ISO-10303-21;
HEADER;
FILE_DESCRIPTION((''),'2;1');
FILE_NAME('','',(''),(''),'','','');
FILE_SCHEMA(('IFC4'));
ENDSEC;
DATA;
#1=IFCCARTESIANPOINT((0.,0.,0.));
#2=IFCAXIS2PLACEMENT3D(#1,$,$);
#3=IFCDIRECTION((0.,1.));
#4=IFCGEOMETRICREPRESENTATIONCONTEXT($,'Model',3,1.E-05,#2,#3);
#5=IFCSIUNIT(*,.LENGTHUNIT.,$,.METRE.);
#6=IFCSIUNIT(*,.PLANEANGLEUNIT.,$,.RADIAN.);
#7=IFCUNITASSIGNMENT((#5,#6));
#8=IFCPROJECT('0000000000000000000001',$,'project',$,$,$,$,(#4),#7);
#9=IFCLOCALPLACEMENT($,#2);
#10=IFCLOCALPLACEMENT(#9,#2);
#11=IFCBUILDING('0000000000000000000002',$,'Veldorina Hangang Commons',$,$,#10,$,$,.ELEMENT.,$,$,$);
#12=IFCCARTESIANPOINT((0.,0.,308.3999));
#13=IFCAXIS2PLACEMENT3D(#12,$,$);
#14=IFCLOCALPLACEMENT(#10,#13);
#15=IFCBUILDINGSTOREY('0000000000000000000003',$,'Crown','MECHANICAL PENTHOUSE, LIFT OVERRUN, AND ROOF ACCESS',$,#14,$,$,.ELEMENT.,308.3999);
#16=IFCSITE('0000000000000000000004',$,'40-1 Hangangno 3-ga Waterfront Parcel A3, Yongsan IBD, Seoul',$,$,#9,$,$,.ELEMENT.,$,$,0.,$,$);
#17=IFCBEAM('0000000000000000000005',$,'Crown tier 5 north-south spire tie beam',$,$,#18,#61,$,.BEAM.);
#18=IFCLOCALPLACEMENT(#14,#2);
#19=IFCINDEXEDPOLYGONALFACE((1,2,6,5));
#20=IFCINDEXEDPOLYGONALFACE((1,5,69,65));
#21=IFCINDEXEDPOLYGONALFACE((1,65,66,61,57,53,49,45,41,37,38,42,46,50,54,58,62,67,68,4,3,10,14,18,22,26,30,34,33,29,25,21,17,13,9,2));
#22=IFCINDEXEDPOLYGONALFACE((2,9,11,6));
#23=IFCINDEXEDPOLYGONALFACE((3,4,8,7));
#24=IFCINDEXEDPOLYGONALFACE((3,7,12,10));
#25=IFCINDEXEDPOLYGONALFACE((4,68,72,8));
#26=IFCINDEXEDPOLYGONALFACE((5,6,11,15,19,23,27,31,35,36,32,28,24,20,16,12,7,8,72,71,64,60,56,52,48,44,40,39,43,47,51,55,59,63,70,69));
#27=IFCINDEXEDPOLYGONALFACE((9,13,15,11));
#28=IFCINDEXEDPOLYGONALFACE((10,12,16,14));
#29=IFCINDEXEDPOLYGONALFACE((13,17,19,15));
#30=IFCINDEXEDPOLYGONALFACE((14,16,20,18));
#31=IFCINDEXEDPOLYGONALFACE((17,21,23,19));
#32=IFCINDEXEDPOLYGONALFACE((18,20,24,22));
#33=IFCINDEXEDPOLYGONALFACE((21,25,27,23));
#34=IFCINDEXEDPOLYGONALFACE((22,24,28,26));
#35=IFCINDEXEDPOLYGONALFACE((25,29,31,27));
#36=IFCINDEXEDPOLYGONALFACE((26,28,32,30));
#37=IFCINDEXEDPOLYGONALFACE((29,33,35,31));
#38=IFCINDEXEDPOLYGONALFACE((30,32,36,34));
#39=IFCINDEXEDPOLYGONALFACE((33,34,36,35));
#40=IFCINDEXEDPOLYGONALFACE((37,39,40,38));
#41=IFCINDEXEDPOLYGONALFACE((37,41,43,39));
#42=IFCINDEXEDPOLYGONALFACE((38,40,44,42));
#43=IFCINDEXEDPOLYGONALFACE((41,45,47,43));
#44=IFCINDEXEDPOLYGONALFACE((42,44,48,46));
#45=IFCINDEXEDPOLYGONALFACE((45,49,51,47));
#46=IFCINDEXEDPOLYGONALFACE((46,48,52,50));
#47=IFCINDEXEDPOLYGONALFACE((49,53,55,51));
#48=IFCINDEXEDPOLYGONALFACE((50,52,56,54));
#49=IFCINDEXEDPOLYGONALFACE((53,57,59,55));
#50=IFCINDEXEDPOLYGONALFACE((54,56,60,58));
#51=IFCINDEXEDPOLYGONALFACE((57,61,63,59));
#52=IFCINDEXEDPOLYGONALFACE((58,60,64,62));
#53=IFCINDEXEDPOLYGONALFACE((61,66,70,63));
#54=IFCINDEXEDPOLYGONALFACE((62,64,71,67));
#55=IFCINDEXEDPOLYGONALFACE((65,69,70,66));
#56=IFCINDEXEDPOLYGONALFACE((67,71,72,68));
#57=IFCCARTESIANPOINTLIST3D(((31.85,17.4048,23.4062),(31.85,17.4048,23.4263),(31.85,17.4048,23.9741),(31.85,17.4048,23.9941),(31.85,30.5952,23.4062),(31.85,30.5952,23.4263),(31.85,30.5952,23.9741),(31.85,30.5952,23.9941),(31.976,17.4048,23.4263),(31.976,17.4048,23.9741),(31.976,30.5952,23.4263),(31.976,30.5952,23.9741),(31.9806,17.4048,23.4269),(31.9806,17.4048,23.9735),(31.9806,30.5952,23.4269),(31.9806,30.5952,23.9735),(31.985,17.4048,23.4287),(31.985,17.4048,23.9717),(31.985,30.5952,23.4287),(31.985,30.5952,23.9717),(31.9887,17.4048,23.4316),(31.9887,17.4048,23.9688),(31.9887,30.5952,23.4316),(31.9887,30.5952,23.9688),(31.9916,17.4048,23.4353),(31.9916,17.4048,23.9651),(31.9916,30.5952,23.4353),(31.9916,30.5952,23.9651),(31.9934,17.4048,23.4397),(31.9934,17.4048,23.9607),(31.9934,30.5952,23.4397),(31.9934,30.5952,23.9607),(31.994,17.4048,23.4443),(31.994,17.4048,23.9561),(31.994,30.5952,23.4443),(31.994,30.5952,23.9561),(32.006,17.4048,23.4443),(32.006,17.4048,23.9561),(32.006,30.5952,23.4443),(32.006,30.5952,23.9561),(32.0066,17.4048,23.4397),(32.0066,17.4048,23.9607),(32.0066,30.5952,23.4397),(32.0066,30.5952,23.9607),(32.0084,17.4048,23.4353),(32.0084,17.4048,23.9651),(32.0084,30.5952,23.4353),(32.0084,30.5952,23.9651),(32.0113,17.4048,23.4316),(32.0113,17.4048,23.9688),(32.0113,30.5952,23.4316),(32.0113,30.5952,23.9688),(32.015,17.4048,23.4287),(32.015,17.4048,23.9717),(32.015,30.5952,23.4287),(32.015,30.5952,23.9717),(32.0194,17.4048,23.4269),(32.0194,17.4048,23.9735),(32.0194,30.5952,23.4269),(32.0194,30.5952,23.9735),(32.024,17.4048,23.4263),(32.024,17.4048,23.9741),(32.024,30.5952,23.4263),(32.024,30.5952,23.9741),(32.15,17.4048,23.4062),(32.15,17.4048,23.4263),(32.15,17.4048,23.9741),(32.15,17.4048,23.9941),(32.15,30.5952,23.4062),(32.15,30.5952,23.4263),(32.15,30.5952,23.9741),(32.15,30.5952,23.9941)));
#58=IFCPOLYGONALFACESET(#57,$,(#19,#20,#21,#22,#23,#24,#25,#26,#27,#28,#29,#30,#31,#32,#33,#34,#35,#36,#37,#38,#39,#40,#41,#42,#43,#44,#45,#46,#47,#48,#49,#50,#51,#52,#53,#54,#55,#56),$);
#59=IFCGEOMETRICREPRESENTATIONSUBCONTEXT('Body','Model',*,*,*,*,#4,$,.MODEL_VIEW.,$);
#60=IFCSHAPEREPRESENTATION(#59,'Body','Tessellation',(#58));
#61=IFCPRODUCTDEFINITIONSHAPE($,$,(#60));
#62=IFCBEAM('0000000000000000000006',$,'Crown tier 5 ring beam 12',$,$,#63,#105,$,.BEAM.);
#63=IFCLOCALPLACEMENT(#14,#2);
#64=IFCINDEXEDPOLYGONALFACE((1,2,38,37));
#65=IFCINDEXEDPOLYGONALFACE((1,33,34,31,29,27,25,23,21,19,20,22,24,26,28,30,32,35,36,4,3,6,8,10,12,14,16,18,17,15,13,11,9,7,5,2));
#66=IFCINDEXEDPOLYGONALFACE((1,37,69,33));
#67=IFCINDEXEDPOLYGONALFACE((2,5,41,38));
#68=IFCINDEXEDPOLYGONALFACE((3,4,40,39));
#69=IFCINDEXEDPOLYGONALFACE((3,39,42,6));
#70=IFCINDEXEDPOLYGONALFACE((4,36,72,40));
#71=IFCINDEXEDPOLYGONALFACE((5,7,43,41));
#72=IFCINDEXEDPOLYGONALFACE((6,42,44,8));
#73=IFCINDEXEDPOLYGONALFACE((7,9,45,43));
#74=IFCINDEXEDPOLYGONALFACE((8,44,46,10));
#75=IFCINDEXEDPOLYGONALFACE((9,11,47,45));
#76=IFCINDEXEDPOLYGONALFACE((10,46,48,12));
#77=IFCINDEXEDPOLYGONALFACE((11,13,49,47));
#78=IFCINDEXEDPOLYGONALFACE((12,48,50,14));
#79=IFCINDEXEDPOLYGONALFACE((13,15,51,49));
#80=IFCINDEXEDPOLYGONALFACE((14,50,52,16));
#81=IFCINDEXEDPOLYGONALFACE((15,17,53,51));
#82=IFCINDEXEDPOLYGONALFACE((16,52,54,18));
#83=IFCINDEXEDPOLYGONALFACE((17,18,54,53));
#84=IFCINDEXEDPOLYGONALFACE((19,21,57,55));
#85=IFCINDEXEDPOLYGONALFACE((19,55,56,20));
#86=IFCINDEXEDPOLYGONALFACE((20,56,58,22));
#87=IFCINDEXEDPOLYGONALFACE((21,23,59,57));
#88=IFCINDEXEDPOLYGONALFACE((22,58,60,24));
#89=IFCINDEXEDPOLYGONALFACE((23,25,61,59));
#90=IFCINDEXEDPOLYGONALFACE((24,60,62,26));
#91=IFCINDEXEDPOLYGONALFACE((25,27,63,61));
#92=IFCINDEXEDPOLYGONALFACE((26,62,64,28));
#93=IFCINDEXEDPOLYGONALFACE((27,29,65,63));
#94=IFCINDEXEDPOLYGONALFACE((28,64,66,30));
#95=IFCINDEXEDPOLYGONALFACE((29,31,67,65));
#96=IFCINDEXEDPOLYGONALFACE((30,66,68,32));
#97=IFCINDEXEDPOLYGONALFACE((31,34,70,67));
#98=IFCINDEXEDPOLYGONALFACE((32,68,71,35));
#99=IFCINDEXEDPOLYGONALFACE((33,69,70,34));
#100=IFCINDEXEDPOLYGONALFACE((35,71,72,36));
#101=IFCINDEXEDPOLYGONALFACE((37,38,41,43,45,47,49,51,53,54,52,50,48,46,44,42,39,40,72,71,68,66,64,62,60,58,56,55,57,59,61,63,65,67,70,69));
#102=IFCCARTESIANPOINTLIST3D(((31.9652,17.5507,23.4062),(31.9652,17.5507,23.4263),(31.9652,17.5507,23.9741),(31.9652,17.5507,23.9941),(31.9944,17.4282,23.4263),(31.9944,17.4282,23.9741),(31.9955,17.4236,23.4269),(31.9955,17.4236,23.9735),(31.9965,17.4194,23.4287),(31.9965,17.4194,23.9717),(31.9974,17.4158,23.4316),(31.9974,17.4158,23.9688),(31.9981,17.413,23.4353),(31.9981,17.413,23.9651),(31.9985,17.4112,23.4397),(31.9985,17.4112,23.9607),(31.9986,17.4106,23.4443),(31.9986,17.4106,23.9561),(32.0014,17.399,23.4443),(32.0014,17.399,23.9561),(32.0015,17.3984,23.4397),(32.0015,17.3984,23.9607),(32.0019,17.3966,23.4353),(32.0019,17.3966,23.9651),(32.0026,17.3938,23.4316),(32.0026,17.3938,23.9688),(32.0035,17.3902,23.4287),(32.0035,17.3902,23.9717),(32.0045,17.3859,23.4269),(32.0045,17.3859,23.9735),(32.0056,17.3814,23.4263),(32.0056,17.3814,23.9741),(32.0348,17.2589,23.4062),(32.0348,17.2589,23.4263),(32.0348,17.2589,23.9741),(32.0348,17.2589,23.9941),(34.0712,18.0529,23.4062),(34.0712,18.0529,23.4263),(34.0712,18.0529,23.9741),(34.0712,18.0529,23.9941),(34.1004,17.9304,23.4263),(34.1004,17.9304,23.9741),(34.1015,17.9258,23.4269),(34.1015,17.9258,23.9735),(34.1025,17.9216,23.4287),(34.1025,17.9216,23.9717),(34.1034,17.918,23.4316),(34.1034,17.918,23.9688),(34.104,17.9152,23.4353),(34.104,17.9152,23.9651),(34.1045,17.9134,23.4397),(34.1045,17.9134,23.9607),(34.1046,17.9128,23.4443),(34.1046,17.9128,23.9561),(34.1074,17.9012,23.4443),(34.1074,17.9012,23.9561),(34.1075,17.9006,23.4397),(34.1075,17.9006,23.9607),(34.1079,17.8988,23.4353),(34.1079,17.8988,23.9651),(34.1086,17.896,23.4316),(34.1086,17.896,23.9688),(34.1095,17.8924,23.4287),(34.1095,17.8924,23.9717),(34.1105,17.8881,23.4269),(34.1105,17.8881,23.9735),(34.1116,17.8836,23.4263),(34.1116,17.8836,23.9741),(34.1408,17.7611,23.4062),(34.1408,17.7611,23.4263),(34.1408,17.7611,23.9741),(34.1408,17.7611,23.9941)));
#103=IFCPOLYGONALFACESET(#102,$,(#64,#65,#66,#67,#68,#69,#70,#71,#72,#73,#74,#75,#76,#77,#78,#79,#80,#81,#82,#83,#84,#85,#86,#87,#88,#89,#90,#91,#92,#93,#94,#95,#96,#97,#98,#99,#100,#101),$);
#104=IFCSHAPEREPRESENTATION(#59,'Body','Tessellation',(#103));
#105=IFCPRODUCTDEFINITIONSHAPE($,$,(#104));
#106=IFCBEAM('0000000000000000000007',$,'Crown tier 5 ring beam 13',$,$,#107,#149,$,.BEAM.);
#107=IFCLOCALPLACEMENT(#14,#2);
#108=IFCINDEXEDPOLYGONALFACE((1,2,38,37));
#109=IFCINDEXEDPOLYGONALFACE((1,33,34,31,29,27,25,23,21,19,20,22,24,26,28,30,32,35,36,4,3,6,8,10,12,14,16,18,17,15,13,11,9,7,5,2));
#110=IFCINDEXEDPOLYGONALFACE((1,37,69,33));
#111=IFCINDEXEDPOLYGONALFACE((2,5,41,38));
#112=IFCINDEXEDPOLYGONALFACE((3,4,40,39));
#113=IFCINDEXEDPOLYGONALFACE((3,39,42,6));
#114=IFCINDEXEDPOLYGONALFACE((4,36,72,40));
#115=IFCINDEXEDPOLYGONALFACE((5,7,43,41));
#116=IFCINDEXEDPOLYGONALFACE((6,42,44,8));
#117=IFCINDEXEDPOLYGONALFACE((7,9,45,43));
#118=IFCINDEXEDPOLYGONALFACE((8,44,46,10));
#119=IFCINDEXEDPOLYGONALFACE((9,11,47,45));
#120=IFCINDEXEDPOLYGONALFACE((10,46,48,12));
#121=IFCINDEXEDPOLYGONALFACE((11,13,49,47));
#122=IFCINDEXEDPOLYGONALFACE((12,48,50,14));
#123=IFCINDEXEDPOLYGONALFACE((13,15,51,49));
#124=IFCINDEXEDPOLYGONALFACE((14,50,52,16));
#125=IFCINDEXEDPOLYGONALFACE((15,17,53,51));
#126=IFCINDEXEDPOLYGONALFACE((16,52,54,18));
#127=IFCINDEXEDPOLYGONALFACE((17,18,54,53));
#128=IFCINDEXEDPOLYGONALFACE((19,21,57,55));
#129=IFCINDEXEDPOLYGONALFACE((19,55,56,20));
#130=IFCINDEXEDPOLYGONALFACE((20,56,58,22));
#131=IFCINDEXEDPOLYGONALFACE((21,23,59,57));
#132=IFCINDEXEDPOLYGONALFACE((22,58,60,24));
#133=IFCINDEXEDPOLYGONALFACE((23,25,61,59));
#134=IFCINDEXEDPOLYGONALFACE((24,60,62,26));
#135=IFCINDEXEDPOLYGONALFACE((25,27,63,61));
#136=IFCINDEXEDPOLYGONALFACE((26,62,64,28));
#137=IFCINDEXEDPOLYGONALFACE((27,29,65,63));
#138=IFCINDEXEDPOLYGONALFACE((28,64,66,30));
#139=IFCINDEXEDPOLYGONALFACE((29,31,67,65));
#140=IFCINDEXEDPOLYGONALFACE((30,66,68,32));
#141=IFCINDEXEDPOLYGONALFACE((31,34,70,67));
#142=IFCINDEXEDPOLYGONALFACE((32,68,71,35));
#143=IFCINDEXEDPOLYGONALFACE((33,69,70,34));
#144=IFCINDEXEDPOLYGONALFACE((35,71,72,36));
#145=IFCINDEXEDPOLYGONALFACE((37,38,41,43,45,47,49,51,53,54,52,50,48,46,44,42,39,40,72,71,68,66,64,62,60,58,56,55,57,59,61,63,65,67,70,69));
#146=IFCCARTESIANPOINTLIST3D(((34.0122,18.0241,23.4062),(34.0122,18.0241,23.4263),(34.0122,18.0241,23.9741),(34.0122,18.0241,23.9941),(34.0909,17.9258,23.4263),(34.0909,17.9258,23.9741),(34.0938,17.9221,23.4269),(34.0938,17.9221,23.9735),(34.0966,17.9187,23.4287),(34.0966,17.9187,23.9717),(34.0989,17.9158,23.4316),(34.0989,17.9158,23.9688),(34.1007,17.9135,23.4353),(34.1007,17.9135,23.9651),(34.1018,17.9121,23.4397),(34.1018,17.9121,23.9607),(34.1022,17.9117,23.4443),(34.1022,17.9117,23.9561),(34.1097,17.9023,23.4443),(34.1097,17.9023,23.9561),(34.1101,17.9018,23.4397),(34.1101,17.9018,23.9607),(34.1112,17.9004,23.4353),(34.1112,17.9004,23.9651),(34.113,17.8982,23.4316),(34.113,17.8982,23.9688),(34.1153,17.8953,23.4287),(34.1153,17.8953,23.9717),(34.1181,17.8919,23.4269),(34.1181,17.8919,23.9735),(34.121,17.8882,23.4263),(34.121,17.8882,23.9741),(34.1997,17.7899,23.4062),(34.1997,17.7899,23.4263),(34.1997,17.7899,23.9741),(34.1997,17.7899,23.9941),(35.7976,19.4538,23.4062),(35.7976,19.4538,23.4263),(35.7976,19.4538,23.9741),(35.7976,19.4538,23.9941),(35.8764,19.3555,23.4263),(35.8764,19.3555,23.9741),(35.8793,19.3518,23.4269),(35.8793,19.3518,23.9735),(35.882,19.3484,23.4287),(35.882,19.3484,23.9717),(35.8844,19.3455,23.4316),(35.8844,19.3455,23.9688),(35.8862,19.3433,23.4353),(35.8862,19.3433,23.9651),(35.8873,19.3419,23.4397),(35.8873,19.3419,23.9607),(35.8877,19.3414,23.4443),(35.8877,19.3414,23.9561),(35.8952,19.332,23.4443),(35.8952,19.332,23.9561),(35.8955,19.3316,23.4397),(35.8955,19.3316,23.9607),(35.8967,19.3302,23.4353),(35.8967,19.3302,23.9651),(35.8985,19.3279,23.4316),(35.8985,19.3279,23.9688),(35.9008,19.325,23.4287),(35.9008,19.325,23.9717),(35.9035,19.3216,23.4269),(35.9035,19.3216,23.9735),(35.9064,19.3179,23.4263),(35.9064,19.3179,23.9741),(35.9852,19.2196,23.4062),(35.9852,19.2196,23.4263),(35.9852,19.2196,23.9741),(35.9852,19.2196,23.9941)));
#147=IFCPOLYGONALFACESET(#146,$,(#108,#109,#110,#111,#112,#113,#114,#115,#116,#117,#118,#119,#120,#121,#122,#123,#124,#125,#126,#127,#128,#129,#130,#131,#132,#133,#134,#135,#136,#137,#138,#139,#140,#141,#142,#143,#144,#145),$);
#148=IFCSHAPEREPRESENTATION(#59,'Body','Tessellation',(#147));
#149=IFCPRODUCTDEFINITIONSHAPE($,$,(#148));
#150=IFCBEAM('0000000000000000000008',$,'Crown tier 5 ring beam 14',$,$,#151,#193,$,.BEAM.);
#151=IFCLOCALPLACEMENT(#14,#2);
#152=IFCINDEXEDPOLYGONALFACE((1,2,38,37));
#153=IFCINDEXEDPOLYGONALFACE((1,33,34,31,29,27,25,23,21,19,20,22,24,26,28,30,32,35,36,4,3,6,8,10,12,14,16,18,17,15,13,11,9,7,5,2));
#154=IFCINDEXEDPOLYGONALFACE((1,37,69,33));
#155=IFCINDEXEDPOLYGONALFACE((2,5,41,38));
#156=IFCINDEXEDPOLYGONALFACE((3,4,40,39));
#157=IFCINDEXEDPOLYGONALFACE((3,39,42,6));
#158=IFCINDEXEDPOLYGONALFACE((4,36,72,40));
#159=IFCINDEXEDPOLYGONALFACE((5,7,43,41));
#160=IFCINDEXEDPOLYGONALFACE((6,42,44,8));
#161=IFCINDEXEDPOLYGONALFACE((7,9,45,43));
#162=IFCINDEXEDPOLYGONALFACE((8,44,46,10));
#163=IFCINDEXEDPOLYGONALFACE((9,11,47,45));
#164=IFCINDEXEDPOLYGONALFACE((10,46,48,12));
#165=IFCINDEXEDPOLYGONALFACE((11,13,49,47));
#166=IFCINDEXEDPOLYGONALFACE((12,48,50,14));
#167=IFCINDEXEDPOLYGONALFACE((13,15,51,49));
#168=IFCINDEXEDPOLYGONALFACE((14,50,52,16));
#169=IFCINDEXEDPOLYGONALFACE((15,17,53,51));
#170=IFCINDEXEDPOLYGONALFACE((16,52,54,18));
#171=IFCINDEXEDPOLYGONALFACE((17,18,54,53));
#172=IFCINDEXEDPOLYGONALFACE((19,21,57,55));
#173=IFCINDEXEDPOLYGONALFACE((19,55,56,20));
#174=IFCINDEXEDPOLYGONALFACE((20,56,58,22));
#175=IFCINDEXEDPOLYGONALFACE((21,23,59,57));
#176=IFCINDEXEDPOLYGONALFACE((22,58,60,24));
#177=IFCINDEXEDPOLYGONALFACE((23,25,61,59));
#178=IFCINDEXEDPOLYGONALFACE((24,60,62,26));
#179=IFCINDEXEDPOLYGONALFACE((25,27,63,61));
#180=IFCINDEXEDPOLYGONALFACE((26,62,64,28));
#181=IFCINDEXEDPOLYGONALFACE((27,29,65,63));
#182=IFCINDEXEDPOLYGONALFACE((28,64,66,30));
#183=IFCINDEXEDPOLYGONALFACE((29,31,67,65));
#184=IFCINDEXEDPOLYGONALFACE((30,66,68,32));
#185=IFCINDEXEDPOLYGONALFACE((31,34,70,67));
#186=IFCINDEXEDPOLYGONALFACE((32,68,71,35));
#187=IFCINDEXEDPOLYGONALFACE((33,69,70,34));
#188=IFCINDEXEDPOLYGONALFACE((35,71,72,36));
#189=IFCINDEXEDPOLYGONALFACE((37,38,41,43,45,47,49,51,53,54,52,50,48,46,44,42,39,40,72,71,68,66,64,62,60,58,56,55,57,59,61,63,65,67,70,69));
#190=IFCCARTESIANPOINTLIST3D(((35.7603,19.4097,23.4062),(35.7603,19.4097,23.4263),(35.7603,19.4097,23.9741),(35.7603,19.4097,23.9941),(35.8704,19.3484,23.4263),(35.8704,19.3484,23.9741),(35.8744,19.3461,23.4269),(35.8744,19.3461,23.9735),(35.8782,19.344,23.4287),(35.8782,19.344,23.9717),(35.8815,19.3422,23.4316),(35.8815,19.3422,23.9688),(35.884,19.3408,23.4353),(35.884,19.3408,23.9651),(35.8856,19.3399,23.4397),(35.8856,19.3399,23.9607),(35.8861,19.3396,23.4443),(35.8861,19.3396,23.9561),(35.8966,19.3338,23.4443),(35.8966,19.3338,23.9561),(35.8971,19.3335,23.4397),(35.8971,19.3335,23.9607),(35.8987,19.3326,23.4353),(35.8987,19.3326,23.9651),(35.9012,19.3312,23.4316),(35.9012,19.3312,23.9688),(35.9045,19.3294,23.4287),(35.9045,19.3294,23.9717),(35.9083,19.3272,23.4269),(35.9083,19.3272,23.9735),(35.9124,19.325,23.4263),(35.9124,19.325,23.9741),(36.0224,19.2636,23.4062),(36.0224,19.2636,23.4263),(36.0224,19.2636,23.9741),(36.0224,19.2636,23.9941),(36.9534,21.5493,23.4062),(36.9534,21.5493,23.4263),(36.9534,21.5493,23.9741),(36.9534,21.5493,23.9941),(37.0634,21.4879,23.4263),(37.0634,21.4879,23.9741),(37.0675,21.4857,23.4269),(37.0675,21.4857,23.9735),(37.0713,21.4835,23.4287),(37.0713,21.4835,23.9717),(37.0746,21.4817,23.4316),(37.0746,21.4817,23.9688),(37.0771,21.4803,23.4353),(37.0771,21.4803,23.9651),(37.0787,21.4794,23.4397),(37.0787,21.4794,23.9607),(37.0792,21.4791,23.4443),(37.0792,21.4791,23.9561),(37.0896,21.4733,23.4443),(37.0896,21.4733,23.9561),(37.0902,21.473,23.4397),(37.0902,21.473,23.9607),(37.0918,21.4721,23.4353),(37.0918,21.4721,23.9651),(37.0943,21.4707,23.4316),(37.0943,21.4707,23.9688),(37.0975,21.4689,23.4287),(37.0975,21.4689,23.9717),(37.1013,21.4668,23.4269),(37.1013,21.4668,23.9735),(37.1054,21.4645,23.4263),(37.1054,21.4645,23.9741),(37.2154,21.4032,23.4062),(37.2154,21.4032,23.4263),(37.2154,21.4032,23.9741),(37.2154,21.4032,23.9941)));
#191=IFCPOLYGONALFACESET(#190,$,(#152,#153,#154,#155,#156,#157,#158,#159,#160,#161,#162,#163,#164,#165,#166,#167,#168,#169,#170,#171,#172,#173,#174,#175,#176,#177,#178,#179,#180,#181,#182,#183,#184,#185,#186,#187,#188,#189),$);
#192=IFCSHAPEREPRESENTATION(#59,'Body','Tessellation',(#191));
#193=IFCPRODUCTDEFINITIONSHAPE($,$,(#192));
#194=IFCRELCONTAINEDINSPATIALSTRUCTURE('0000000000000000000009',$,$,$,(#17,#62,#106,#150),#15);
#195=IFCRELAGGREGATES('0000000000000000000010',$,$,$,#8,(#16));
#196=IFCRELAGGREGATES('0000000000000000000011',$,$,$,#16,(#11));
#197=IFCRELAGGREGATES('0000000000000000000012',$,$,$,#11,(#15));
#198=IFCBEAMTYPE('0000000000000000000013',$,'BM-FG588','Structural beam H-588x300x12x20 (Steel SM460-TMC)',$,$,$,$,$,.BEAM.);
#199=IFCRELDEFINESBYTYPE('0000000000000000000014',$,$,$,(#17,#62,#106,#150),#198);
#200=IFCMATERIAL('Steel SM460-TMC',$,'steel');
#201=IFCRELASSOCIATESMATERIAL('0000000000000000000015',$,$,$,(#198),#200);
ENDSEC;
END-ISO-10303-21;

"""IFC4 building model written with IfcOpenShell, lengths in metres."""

from ifc_helpers import new_model, si_unit, direction, frame, origin, origin_2d, place, context, subcontext, project, spatial, i_section, extrude, material, material_profile, profile_set, type_object, element, save


model = new_model("IFC4")

# Units and contexts
model_context = context("Model", 3, precision=1e-05, world=origin(), true_north=direction((0.0, 1.0)))
body_context = subcontext(model_context, "Body", "Model", "MODEL_VIEW")
ifc_project = project(units=[si_unit("LENGTHUNIT", "METRE"), si_unit("PLANEANGLEUNIT", "RADIAN")], contexts=[model_context])

# Site, building, storey
site_placement = place(None, origin())
site = spatial("IfcSite", under=ifc_project, at=site_placement, Name="40-1 Hangangno 3-ga Waterfront Parcel A3, Yongsan IBD, Seoul", CompositionType="ELEMENT", RefElevation=0.0)
building_placement = place(site_placement, origin())
building = spatial("IfcBuilding", under=site, at=building_placement, Name="Veldorina Hangang Commons", CompositionType="ELEMENT")
storey_placement = place(building_placement, frame((0.0, 0.0, 308.3999)))
storey = spatial("IfcBuildingStorey", under=building, at=storey_placement, Name="Crown", Description="MECHANICAL PENTHOUSE, LIFT OVERRUN, AND ROOF ACCESS", CompositionType="ELEMENT", Elevation=308.3999)

# Beams
ifc_material_1 = material(Name="Steel SM460-TMC", Category="steel")
ifc_material_profile_1 = material_profile(ifc_material_1, i_section(OverallWidth=0.3, OverallDepth=0.5879, WebThickness=0.012, FlangeThickness=0.02, FilletRadius=0.0181, at=origin_2d()), Name="H-588x300x12x20")
ifc_profile_set_1 = profile_set([ifc_material_profile_1], Name="Steel SM460-TMC")
beam_type = type_object("IfcBeamType", Name="BM-FG588", Description="Structural beam H-588x300x12x20 (Steel SM460-TMC)", PredefinedType="BEAM", material=ifc_profile_set_1)
beam_1_placement = place(storey_placement, frame((32.0, 17.4048, 23.7002), z_axis=(0.0, 1.0, 0.0), x_axis=(-1.0, 0.0, 0.0)))
element("IfcBeam", 1, at=beam_1_placement, inside=storey, type_object=beam_type, Name="Crown tier 5 north-south spire tie beam", PredefinedType="BEAM", context=body_context, shape_type="SweptSolid", body=[
    extrude(i_section(OverallWidth=0.3, OverallDepth=0.5879, WebThickness=0.012, FlangeThickness=0.02, FilletRadius=0.0181, at=origin_2d()), origin(), (0.0, 0.0, 1.0), 13.1904),
])
beam_2_placement = place(storey_placement, frame((32.0, 17.4048, 23.7002), z_axis=(0.972725, 0.231961, 0.0), x_axis=(-0.231961, 0.972725, 0.0)))
element("IfcBeam", 2, at=beam_2_placement, inside=storey, type_object=beam_type, Name="Crown tier 5 ring beam 12", PredefinedType="BEAM", context=body_context, shape_type="SweptSolid", body=[
    extrude(i_section(OverallWidth=0.3, OverallDepth=0.5879, WebThickness=0.012, FlangeThickness=0.02, FilletRadius=0.0181, at=origin_2d()), origin(), (0.0, 0.0, 1.0), 2.165),
])
beam_3_placement = place(storey_placement, frame((34.106, 17.907, 23.7002), z_axis=(0.780577, 0.625059, 0.0), x_axis=(-0.625059, 0.780577, 0.0)))
element("IfcBeam", 3, at=beam_3_placement, inside=storey, type_object=beam_type, Name="Crown tier 5 ring beam 13", PredefinedType="BEAM", context=body_context, shape_type="SweptSolid", body=[
    extrude(i_section(OverallWidth=0.3, OverallDepth=0.5879, WebThickness=0.012, FlangeThickness=0.02, FilletRadius=0.0181, at=origin_2d()), origin(), (0.0, 0.0, 1.0), 2.2874),
])
beam_4_placement = place(storey_placement, frame((35.8914, 19.3367, 23.7002), z_axis=(0.487022, 0.87339, 0.0), x_axis=(-0.87339, 0.487022, 0.0)))
element("IfcBeam", 4, at=beam_4_placement, inside=storey, type_object=beam_type, Name="Crown tier 5 ring beam 14", PredefinedType="BEAM", context=body_context, shape_type="SweptSolid", body=[
    extrude(i_section(OverallWidth=0.3, OverallDepth=0.5879, WebThickness=0.012, FlangeThickness=0.02, FilletRadius=0.0181, at=origin_2d()), origin(), (0.0, 0.0, 1.0), 2.4497),
])

save(model, "model.ifc")
